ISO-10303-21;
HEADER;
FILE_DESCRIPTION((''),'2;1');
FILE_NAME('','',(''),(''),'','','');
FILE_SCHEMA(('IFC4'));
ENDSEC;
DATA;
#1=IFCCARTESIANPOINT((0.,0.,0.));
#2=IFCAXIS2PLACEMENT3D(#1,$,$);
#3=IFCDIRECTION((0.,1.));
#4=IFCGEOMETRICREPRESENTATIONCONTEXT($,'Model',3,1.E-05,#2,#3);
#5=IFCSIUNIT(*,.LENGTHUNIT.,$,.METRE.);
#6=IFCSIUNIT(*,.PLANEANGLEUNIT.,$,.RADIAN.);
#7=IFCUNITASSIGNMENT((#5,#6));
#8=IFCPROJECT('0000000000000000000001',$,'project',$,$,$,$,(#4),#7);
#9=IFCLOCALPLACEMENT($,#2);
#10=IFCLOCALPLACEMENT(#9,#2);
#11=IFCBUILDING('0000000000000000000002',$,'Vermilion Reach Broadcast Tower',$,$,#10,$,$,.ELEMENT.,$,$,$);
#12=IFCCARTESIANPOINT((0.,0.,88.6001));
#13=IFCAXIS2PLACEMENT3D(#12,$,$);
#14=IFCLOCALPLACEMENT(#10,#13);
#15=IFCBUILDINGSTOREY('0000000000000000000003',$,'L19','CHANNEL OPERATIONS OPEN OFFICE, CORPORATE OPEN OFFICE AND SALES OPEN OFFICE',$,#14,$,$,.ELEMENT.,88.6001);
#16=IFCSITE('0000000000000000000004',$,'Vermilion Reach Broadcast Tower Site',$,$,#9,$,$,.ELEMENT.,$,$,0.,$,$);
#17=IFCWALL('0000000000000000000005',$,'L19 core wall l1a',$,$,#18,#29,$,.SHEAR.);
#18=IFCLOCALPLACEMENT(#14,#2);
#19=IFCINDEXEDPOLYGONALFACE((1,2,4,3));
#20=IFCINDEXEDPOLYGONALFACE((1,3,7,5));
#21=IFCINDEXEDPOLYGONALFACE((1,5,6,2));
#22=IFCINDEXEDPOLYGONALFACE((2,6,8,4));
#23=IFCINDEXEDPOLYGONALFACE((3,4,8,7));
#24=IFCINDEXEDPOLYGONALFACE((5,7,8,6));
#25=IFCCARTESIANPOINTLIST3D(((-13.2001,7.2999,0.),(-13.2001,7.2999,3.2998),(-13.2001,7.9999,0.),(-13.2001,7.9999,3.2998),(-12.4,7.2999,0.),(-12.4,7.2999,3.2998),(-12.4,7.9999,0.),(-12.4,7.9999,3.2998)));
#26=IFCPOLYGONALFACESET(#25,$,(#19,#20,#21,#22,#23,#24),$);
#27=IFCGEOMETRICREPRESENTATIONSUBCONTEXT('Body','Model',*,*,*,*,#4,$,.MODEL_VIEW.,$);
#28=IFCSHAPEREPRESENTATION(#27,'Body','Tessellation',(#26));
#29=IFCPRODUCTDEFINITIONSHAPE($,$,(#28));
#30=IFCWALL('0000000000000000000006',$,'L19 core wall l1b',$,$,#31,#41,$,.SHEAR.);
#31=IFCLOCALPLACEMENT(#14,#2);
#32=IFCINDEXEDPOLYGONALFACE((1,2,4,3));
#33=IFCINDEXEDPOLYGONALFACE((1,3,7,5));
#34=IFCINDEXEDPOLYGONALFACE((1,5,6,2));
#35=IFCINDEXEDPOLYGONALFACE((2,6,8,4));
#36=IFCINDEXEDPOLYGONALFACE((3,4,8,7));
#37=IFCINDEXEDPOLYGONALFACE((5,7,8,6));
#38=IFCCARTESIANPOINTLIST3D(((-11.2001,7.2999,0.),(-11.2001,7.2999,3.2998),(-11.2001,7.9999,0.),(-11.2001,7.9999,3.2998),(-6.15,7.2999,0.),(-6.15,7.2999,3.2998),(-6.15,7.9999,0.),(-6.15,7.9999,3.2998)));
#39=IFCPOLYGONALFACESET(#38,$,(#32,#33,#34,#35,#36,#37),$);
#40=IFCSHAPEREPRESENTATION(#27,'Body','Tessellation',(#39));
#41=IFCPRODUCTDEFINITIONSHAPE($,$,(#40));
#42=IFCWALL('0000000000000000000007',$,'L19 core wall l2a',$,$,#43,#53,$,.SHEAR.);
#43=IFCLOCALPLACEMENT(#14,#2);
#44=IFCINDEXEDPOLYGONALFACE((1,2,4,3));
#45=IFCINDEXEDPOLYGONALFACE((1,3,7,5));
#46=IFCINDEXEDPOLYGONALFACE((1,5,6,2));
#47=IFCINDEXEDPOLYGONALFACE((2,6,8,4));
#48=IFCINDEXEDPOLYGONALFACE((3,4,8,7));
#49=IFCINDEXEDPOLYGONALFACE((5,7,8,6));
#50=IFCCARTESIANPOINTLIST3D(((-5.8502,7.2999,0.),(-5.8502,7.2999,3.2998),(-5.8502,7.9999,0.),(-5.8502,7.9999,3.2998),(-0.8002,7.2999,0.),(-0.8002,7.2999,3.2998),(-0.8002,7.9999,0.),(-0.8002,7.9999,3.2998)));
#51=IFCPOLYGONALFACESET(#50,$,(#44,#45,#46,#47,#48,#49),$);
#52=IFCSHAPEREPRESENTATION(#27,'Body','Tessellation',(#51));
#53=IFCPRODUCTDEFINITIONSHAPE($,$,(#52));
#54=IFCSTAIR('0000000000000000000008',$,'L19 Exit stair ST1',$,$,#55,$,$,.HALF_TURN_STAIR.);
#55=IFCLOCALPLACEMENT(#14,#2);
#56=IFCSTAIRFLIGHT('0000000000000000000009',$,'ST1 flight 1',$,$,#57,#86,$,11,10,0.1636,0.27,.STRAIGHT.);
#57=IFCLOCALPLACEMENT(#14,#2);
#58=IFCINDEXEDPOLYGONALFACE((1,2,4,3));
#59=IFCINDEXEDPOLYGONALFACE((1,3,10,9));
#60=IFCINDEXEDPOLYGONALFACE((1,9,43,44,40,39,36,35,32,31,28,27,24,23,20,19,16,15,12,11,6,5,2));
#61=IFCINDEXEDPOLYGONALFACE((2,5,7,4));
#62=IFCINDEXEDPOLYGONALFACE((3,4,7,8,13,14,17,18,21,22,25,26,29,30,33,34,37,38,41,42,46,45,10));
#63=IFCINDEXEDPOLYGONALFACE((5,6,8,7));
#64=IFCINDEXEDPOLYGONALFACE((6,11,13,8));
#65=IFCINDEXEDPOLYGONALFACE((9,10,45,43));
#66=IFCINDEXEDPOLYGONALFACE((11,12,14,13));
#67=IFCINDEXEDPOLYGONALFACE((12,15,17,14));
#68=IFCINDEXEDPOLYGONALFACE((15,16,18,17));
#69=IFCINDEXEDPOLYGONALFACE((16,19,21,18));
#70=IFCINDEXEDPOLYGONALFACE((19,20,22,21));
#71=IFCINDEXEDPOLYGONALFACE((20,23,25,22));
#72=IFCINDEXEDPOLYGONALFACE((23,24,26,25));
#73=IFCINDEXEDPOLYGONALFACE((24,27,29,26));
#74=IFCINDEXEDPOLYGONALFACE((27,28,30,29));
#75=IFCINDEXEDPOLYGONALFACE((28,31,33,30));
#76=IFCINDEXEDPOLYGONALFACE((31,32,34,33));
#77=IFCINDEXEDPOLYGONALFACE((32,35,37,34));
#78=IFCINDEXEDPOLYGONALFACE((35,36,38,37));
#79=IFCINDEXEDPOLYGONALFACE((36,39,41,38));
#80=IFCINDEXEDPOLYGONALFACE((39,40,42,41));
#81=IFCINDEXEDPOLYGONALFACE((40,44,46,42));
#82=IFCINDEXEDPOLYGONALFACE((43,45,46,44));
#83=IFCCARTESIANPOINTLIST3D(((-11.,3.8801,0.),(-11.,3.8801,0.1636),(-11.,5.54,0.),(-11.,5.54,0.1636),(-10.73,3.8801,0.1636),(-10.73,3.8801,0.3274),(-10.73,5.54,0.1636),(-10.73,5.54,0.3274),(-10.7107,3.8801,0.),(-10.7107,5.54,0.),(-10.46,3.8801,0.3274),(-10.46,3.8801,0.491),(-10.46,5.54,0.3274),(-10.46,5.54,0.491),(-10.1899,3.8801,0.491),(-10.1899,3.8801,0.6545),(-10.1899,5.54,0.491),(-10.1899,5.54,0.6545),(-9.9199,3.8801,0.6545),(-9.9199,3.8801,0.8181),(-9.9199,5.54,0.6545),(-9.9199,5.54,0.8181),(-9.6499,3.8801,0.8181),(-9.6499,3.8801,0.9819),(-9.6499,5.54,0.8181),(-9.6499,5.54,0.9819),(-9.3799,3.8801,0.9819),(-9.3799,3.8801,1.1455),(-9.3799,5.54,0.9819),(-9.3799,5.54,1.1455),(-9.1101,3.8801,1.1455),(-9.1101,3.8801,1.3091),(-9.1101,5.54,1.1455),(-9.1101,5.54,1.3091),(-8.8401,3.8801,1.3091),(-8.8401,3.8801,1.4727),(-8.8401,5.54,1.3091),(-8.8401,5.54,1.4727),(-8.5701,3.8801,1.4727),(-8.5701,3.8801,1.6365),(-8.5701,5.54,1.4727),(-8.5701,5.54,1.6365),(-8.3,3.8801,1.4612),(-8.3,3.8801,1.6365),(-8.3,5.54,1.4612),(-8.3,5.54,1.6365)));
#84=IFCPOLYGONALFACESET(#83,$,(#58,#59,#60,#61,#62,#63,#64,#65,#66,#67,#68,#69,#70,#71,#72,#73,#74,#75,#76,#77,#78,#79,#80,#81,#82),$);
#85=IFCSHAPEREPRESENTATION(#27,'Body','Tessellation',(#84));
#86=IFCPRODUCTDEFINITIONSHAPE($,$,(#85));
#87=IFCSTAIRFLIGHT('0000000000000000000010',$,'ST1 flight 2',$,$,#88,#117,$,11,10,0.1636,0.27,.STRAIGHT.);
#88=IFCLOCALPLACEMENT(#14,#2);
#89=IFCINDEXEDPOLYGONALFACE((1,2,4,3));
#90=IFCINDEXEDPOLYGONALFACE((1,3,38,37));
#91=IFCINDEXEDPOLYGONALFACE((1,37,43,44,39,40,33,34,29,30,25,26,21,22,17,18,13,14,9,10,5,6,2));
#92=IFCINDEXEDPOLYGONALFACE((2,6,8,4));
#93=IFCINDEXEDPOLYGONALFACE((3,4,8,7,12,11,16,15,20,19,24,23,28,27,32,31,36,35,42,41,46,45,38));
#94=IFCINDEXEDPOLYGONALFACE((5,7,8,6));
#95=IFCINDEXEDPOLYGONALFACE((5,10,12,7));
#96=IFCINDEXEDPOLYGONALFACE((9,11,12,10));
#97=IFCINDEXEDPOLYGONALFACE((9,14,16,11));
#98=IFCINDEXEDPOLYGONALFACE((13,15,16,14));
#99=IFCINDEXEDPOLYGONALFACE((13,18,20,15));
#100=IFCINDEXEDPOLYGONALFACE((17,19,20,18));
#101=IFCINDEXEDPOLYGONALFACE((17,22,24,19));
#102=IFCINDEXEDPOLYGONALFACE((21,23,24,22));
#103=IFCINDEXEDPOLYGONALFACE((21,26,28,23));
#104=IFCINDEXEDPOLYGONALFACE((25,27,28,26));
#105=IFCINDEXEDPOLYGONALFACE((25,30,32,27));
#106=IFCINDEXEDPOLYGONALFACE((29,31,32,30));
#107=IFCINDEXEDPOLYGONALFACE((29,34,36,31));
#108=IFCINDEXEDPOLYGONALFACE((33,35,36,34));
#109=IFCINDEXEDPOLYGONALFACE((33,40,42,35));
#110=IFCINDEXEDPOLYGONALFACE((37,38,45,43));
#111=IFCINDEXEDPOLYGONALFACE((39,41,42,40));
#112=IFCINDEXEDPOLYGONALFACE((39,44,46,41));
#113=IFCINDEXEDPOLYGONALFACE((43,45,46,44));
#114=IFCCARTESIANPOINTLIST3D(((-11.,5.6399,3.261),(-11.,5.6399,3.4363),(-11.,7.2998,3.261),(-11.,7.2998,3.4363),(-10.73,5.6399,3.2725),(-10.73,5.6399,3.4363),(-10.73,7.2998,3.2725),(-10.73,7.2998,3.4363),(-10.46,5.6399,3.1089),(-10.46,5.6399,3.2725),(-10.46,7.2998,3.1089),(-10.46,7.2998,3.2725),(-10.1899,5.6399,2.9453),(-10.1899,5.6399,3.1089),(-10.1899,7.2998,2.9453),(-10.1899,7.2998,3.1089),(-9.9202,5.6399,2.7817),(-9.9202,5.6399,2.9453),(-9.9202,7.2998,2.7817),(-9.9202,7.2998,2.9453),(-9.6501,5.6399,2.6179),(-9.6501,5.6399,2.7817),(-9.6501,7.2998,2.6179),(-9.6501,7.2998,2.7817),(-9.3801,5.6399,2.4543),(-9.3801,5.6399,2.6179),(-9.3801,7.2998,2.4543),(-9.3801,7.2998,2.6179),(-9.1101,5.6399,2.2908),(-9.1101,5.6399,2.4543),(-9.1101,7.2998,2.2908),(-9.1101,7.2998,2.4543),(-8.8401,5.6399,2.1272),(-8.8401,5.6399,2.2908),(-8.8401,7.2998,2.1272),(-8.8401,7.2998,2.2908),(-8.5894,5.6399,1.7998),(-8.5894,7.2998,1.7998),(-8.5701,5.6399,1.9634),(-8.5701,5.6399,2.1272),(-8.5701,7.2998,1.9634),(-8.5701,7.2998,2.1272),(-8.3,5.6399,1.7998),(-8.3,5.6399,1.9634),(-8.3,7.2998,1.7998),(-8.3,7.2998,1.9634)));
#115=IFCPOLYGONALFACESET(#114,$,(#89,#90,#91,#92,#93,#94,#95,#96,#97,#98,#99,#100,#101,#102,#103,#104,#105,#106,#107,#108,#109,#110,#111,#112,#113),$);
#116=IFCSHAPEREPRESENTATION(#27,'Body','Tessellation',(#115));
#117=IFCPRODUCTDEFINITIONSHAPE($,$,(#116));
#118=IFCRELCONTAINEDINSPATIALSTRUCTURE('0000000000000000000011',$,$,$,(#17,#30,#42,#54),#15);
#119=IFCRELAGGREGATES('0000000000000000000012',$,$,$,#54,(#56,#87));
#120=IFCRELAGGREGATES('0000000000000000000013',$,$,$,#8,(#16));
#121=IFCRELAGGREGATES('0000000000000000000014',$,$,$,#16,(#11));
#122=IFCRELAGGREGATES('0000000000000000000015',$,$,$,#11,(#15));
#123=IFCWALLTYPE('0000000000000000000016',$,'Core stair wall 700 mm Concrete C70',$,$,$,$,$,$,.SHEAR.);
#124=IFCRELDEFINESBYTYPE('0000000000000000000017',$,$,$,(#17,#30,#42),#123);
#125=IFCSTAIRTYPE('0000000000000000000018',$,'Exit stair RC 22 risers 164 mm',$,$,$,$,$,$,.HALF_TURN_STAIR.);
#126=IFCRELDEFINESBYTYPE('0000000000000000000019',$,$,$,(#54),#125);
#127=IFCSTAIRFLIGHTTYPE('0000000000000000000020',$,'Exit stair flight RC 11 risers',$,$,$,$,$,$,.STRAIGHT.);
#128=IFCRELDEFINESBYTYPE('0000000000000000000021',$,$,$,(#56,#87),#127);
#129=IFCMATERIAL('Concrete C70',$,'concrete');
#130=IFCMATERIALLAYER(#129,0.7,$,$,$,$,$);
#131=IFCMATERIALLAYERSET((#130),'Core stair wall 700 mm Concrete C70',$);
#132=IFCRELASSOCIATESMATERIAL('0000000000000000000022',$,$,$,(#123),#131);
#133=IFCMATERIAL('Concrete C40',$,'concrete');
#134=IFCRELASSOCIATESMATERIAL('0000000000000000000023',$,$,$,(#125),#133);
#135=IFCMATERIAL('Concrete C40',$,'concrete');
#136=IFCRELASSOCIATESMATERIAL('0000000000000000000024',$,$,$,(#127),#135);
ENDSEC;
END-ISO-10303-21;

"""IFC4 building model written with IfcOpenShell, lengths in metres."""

from ifc_helpers import new_model, si_unit, direction, frame, frame_2d, origin, place, context, subcontext, project, spatial, polyline, rectangle, outline, extrude, material, layer, layer_set, type_object, element, aggregate, save


model = new_model("IFC4")

# Units and contexts
model_context = context("Model", 3, precision=1e-05, world=origin(), true_north=direction((0.0, 1.0)))
body_context = subcontext(model_context, "Body", "Model", "MODEL_VIEW")
ifc_project = project(units=[si_unit("LENGTHUNIT", "METRE"), si_unit("PLANEANGLEUNIT", "RADIAN")], contexts=[model_context])

# Site, building, storey
site_placement = place(None, origin())
site = spatial("IfcSite", under=ifc_project, at=site_placement, Name="Vermilion Reach Broadcast Tower Site", CompositionType="ELEMENT", RefElevation=0.0)
building_placement = place(site_placement, origin())
building = spatial("IfcBuilding", under=site, at=building_placement, Name="Vermilion Reach Broadcast Tower", CompositionType="ELEMENT")
storey_placement = place(building_placement, frame((0.0, 0.0, 88.6001)))
storey = spatial("IfcBuildingStorey", under=building, at=storey_placement, Name="L19", Description="CHANNEL OPERATIONS OPEN OFFICE, CORPORATE OPEN OFFICE AND SALES OPEN OFFICE", CompositionType="ELEMENT", Elevation=88.6001)

# Shared definitions
placement = place(storey_placement, origin())

# Walls
ifc_material_1 = material(Name="Concrete C70", Category="concrete")
ifc_layer_1 = layer(ifc_material_1, 0.7)
ifc_layer_set_1 = layer_set([ifc_layer_1], Name="Core stair wall 700 mm Concrete C70")
wall_type_1 = type_object("IfcWallType", Name="Core stair wall 700 mm Concrete C70", PredefinedType="SHEAR", material=ifc_layer_set_1)
wall_1_placement = place(storey_placement, frame((-13.2, 7.6499, 0.0), z_axis=(0.0, 0.0, 1.0), x_axis=(1.0, 0.0, 0.0)))
element("IfcWall", 1, at=wall_1_placement, inside=storey, type_object=wall_type_1, Name="L19 core wall l1a", PredefinedType="SHEAR", context=body_context, shape_type="SweptSolid", body=[
    extrude(rectangle(XDim=0.8, YDim=0.7, at=frame_2d((0.3999, 0.0))), origin(), (0.0, 0.0, 1.0), 3.2998),
])
for number, where, z_axis, x_axis, name in (
    (2, (-11.2, 7.6499, 0.0), (0.0, 0.0, 1.0), (1.0, 0.0, 0.0), "L19 core wall l1b"),
    (3, (-5.8501, 7.6499, 0.0), (0.0, 0.0, 1.0), (1.0, 0.0, 0.0), "L19 core wall l2a"),
):
    element("IfcWall", number, at=place(storey_placement, frame(where, z_axis=z_axis, x_axis=x_axis)), inside=storey, type_object=wall_type_1, Name=name, PredefinedType="SHEAR", context=body_context, shape_type="SweptSolid", body=[
        extrude(rectangle(XDim=5.05, YDim=0.7, at=frame_2d((2.5249, 0.0))), origin(), (0.0, 0.0, 1.0), 3.2998),
    ])

# Stair, stair flights
ifc_material_2 = material(Name="Concrete C40", Category="concrete")
stair_type = type_object("IfcStairType", Name="Exit stair RC 22 risers 164 mm", PredefinedType="HALF_TURN_STAIR", material=ifc_material_2)
stair = element("IfcStair", 4, at=placement, inside=storey, type_object=stair_type, Name="L19 Exit stair ST1", PredefinedType="HALF_TURN_STAIR")
ifc_material_3 = material(Name="Concrete C40", Category="concrete")
stair_flight_type = type_object("IfcStairFlightType", Name="Exit stair flight RC 11 risers", PredefinedType="STRAIGHT", material=ifc_material_3)
stair_flight_1_placement = place(storey_placement, frame((-11.0, 4.71, 0.0), z_axis=(0.0, 0.0, 1.0), x_axis=(1.0, 0.0, 0.0)))
stair_flight_1 = element("IfcStairFlight", 5, at=stair_flight_1_placement, type_object=stair_flight_type, Name="ST1 flight 1", NumberOfRisers=11, NumberOfTreads=10, PredefinedType="STRAIGHT", RiserHeight=0.1636, TreadLength=0.27, context=body_context, shape_type="SweptSolid", body=[
    extrude(outline(polyline([(0.0, 0.0), (0.0, 0.1636), (0.27, 0.1636), (0.27, 0.3274), (0.54, 0.3274), (0.54, 0.491), (0.8101, 0.491), (0.8101, 0.6545), (1.0801, 0.6545), (1.0801, 0.8181), (1.3501, 0.8181), (1.3501, 0.9819), (1.6201, 0.9819), (1.6201, 1.1455), (1.8899, 1.1455), (1.8899, 1.3091), (2.1599, 1.3091), (2.1599, 1.4727), (2.4299, 1.4727), (2.4299, 1.6365), (2.7, 1.6365), (2.7, 1.8), (2.7, 1.4612), (0.2893, 0.0), (0.0, 0.0)])), frame((0.0, 0.8301, 0.0), z_axis=(0.0, -1.0, 0.0), x_axis=(1.0, 0.0, 0.0)), (0.0, 0.0, 1.0), 1.6599),
])
stair_flight_2_placement = place(storey_placement, frame((-8.3, 6.47, 1.7998), z_axis=(0.0, 0.0, 1.0), x_axis=(-1.0, 0.0, 0.0)))
stair_flight_2 = element("IfcStairFlight", 6, at=stair_flight_2_placement, type_object=stair_flight_type, Name="ST1 flight 2", NumberOfRisers=11, NumberOfTreads=10, PredefinedType="STRAIGHT", RiserHeight=0.1636, TreadLength=0.27, context=body_context, shape_type="SweptSolid", body=[
    extrude(outline(polyline([(0.0, 0.0), (0.0, 0.1636), (0.27, 0.1636), (0.27, 0.3274), (0.54, 0.3274), (0.54, 0.491), (0.8101, 0.491), (0.8101, 0.6545), (1.0801, 0.6545), (1.0801, 0.8181), (1.3501, 0.8181), (1.3501, 0.9819), (1.6201, 0.9819), (1.6201, 1.1455), (1.8899, 1.1455), (1.8899, 1.3091), (2.1599, 1.3091), (2.1599, 1.4727), (2.4299, 1.4727), (2.4299, 1.6365), (2.7, 1.6365), (2.7, 1.8), (2.7, 1.4612), (0.2893, 0.0), (0.0, 0.0)])), frame((0.0, 0.8301, 0.0), z_axis=(0.0, -1.0, 0.0), x_axis=(1.0, 0.0, 0.0)), (0.0, 0.0, 1.0), 1.6599),
])
aggregate(stair, [stair_flight_1, stair_flight_2])

save(model, "model.ifc")
